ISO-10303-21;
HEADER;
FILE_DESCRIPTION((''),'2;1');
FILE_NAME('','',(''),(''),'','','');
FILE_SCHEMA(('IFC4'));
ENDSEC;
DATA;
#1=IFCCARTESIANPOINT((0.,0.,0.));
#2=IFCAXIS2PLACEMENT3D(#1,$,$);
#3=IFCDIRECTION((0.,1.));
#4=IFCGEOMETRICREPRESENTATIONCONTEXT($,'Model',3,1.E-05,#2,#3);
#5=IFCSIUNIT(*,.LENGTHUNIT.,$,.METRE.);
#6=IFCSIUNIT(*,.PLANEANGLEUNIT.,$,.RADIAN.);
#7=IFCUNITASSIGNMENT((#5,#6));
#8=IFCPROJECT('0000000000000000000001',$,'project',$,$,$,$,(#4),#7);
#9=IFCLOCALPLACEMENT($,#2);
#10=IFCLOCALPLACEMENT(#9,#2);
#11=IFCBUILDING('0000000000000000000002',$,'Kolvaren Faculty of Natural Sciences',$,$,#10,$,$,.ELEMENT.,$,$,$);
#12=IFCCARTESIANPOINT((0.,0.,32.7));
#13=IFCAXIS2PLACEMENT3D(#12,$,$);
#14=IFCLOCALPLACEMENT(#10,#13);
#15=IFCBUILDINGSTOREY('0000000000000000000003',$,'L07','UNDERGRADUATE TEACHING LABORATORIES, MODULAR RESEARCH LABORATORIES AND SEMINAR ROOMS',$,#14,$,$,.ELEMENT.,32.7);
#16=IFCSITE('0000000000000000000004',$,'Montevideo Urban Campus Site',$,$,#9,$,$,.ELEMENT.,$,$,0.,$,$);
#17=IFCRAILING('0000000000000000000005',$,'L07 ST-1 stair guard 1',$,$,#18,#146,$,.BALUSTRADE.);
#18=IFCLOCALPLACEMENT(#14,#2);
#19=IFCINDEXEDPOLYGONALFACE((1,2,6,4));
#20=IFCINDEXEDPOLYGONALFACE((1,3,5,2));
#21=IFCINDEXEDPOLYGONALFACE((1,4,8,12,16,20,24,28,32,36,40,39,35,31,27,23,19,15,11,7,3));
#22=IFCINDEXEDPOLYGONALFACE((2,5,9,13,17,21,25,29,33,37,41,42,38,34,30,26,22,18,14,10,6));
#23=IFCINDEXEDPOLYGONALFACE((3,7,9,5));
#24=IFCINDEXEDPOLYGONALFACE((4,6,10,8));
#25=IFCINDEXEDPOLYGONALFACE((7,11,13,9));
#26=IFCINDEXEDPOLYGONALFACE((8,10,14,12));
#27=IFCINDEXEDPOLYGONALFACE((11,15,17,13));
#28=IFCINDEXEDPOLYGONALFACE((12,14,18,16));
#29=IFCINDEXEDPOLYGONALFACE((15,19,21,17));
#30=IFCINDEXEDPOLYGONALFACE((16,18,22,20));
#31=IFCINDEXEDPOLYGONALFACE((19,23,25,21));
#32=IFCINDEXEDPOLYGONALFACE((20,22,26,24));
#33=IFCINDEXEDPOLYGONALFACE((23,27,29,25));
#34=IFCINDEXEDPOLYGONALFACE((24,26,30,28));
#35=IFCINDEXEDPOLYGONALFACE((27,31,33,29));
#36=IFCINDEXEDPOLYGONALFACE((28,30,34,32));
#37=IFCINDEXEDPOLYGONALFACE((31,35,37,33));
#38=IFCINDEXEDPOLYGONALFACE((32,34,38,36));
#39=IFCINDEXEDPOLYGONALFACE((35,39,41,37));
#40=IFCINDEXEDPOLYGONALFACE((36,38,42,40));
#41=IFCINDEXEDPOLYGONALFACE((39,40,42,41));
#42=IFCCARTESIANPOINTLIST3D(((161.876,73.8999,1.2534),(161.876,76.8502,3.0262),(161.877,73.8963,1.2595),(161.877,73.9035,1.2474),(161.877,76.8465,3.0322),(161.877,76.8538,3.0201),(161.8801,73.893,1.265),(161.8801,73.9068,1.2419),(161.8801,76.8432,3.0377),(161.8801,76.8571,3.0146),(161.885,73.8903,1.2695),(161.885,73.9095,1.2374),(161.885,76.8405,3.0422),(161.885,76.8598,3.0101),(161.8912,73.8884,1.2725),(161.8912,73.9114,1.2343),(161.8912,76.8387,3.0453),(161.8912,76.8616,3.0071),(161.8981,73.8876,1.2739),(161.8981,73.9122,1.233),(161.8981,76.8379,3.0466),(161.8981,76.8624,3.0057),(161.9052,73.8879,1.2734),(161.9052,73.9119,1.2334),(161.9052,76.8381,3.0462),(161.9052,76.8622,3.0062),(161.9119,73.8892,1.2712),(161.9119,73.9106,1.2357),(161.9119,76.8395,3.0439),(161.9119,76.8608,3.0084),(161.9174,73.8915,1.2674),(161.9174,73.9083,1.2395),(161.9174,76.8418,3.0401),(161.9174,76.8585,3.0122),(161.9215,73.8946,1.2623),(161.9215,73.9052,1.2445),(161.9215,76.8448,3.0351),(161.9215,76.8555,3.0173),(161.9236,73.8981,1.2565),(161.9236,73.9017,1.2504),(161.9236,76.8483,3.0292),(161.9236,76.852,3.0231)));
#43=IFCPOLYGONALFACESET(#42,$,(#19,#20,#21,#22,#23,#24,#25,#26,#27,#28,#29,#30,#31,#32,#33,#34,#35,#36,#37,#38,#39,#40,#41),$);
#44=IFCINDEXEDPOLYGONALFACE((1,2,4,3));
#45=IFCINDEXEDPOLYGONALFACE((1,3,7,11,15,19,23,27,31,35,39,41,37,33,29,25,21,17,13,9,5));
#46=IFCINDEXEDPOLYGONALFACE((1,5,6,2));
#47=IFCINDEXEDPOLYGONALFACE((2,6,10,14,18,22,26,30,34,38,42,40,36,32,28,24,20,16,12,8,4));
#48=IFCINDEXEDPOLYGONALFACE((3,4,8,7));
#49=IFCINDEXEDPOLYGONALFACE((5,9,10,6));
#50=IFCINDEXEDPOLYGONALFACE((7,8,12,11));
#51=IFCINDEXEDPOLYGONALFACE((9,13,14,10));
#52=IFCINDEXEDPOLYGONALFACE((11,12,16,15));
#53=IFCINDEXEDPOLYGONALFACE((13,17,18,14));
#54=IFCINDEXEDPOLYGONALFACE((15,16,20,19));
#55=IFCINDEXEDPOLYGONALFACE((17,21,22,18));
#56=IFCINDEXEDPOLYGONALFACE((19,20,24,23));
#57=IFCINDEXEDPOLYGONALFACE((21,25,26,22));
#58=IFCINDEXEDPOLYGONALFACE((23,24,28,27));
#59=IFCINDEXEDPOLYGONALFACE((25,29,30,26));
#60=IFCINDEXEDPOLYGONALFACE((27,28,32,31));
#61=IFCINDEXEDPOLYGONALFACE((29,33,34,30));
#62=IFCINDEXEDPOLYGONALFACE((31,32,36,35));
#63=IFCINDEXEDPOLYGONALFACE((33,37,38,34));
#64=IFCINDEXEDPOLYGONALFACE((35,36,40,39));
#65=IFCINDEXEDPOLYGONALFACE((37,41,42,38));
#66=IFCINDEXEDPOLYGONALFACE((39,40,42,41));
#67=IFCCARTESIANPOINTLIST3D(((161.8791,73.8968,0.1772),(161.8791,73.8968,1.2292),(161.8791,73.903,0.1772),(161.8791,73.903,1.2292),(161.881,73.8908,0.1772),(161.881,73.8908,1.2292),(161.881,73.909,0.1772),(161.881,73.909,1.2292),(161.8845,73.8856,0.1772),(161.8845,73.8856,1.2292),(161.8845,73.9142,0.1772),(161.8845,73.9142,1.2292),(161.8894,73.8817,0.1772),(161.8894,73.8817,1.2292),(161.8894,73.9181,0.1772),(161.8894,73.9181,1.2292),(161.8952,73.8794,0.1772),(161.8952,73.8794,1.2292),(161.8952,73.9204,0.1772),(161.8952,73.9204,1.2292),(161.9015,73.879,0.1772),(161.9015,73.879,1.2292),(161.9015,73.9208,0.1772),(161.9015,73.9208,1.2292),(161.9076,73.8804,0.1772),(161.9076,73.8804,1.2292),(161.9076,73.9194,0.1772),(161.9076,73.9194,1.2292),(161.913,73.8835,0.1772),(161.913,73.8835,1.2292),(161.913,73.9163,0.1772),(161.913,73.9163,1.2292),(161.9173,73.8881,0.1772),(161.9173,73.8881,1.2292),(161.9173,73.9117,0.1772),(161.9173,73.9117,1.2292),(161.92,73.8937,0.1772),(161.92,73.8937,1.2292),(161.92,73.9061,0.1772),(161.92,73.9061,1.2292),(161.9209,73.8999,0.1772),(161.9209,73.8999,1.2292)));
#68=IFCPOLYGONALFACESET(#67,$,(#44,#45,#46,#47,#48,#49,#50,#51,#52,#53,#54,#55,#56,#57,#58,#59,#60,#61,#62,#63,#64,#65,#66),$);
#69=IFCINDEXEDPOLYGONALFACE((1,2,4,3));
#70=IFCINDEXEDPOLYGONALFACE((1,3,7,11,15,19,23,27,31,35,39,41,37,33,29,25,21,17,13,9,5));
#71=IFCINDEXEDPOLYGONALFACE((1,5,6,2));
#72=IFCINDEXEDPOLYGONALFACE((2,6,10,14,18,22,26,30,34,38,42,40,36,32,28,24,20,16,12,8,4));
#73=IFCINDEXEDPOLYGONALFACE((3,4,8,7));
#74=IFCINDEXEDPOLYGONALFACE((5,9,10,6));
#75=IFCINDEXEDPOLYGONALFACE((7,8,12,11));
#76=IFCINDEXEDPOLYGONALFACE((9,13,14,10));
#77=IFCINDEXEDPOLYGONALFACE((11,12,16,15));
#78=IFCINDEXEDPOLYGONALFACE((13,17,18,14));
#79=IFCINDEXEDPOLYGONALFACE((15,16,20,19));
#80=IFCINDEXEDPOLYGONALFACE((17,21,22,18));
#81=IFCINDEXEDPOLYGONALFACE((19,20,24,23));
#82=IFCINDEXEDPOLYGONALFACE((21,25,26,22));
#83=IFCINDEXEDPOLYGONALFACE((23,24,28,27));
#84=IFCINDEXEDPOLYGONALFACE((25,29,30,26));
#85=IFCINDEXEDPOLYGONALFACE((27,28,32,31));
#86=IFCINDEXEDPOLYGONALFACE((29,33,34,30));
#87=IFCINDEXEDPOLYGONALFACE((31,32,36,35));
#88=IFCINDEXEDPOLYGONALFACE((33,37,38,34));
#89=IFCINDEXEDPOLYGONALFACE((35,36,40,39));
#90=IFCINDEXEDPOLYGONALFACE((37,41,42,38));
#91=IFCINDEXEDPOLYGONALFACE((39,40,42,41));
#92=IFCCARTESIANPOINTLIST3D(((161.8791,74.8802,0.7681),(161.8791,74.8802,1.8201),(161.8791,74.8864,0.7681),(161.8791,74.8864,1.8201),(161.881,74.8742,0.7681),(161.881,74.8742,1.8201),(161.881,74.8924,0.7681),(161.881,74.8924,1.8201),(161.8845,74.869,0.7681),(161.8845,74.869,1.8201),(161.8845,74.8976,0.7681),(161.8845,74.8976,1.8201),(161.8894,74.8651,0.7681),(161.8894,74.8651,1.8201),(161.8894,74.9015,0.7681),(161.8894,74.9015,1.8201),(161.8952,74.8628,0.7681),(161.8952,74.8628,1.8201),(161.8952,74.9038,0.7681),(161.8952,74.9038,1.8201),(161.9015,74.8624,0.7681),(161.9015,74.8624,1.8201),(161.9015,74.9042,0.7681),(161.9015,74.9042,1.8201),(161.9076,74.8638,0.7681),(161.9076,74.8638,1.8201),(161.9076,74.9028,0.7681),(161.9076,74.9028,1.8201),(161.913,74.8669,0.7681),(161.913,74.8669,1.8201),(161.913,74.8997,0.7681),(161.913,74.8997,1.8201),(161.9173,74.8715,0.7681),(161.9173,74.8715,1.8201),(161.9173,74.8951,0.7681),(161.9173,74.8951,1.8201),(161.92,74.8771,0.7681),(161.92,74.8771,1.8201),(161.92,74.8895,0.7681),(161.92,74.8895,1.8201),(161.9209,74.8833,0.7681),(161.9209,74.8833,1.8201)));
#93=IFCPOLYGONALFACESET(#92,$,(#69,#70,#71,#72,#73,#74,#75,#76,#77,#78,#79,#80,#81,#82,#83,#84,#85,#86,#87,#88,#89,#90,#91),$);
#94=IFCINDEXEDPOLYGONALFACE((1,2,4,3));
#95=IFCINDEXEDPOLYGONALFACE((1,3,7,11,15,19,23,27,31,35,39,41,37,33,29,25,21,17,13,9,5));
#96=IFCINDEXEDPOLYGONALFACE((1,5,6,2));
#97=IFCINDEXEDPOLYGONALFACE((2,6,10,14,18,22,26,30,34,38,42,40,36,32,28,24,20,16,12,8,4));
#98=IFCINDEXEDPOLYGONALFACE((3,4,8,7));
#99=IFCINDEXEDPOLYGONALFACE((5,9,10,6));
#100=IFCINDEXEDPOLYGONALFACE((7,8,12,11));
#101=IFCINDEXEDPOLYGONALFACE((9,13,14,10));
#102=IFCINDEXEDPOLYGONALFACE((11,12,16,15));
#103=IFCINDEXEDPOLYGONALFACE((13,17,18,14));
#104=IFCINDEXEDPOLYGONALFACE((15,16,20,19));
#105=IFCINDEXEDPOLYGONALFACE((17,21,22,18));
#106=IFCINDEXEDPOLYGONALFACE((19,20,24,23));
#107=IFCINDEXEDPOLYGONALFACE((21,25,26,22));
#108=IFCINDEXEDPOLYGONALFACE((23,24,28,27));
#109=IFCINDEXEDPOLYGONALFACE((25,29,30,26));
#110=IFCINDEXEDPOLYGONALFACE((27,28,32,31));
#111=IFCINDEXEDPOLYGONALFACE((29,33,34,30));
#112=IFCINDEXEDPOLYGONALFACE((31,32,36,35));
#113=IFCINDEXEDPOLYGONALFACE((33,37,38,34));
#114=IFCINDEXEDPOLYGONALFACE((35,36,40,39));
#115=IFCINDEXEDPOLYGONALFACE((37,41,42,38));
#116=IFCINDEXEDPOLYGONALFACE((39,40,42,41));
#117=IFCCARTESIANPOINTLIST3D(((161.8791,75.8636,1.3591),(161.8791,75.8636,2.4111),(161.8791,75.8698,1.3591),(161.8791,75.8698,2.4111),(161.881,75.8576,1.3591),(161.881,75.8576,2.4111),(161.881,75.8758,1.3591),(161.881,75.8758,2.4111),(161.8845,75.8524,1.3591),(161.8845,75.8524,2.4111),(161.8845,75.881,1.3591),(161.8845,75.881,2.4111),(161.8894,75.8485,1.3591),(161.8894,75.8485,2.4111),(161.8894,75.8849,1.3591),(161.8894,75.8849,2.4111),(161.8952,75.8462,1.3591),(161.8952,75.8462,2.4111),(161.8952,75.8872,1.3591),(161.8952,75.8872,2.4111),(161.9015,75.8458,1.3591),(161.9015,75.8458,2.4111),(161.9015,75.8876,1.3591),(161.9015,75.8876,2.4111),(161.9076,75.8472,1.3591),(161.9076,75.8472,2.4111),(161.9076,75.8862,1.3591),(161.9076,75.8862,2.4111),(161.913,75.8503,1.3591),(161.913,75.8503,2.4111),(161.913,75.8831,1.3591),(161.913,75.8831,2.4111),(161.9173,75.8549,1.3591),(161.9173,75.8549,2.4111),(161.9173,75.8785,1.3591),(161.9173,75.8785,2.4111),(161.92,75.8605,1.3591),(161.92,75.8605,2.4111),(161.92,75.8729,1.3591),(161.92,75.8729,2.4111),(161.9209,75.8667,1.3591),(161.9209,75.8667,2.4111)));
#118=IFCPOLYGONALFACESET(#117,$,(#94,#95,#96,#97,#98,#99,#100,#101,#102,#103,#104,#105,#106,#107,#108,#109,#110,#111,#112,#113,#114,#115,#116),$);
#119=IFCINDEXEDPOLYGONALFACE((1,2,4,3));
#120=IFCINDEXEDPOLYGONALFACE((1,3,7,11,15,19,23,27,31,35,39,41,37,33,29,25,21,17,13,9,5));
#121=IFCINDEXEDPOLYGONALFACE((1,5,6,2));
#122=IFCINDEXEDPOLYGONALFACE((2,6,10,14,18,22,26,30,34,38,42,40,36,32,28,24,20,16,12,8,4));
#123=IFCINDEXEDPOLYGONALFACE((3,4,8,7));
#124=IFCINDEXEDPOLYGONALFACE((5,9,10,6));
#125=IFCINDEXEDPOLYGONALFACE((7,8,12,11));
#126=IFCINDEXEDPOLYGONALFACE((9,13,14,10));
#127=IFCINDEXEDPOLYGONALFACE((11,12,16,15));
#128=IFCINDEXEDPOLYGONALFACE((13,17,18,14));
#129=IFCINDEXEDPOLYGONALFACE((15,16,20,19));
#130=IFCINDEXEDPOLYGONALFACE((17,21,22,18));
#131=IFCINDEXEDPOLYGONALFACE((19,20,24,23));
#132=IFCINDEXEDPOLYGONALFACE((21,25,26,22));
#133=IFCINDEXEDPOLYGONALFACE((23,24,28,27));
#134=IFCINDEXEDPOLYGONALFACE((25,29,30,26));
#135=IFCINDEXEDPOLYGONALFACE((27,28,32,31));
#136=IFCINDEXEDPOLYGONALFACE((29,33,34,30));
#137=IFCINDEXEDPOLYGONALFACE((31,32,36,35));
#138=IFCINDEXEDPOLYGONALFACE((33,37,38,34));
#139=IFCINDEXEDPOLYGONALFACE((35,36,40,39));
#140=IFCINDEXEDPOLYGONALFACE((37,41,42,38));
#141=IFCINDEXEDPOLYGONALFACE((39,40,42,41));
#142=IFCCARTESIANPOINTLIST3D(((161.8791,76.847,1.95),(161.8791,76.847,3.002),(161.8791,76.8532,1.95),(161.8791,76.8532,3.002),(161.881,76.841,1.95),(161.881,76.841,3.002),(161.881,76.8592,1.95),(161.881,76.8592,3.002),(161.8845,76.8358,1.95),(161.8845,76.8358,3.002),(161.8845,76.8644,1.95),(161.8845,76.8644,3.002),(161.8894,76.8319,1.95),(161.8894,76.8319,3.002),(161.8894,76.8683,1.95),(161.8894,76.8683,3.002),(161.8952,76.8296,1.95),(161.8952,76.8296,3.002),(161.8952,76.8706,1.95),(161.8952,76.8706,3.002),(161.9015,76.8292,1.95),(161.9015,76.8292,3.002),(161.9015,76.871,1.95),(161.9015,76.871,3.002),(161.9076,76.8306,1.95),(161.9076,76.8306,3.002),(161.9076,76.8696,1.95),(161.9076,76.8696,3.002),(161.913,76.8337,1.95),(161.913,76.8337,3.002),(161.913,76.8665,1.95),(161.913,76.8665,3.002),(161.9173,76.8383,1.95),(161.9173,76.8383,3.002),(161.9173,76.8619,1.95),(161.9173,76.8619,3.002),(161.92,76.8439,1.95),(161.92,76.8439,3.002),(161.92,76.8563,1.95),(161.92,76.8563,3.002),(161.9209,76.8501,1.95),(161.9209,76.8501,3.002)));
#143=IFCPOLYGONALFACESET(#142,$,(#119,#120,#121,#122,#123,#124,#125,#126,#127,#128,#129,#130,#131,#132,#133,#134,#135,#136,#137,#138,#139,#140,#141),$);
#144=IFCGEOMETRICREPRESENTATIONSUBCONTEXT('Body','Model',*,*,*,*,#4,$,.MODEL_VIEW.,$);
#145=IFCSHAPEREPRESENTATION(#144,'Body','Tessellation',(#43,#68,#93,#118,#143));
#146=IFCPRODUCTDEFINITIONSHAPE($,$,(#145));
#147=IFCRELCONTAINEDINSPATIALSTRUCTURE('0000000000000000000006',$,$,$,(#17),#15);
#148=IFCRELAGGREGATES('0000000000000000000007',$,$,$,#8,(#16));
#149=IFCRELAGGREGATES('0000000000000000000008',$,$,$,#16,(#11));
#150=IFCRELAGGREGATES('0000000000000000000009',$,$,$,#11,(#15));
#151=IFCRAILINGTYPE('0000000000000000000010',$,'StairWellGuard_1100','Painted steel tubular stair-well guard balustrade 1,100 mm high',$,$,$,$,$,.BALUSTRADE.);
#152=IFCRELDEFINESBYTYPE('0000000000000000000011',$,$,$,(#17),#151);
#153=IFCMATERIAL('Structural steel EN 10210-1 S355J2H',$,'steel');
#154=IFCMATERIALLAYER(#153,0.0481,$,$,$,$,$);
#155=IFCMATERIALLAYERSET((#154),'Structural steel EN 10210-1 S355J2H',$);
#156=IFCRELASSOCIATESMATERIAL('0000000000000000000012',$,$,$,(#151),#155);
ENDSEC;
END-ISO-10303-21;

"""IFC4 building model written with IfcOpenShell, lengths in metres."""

from ifc_helpers import new_model, si_unit, direction, frame, origin, origin_2d, place, context, subcontext, project, spatial, circle, extrude, material, layer, layer_set, type_object, element, save


model = new_model("IFC4")

# Units and contexts
model_context = context("Model", 3, precision=1e-05, world=origin(), true_north=direction((0.0, 1.0)))
body_context = subcontext(model_context, "Body", "Model", "MODEL_VIEW")
ifc_project = project(units=[si_unit("LENGTHUNIT", "METRE"), si_unit("PLANEANGLEUNIT", "RADIAN")], contexts=[model_context])

# Site, building, storey
site_placement = place(None, origin())
site = spatial("IfcSite", under=ifc_project, at=site_placement, Name="Montevideo Urban Campus Site", CompositionType="ELEMENT", RefElevation=0.0)
building_placement = place(site_placement, origin())
building = spatial("IfcBuilding", under=site, at=building_placement, Name="Kolvaren Faculty of Natural Sciences", CompositionType="ELEMENT")
storey_placement = place(building_placement, frame((0.0, 0.0, 32.7)))
storey = spatial("IfcBuildingStorey", under=building, at=storey_placement, Name="L07", Description="UNDERGRADUATE TEACHING LABORATORIES, MODULAR RESEARCH LABORATORIES AND SEMINAR ROOMS", CompositionType="ELEMENT", Elevation=32.7)

# Railing
ifc_material_1 = material(Name="Structural steel EN 10210-1 S355J2H", Category="steel")
ifc_layer_1 = layer(ifc_material_1, 0.0481)
ifc_layer_set_1 = layer_set([ifc_layer_1], Name="Structural steel EN 10210-1 S355J2H")
railing_type_1 = type_object("IfcRailingType", Name="StairWellGuard_1100", Description="Painted steel tubular stair-well guard balustrade 1,100 mm high", PredefinedType="BALUSTRADE", material=ifc_layer_set_1)
railing_1_placement = place(storey_placement, frame((161.8999, 73.8999, 0.1772)))
element("IfcRailing", 1, at=railing_1_placement, inside=storey, type_object=railing_type_1, Name="L07 ST-1 stair guard 1", PredefinedType="BALUSTRADE", context=body_context, shape_type="SweptSolid", body=[
    extrude(circle(Radius=0.0239, at=origin_2d()), frame((0.0, 0.0, 1.0762), z_axis=(0.0, 0.857161, 0.515049), x_axis=(-1.0, 0.0, 0.0)), (0.0, 0.0, 1.0), 3.4419),
    extrude(circle(Radius=0.021, at=origin_2d()), origin(), (0.0, 0.0, 1.0), 1.052),
    extrude(circle(Radius=0.021, at=origin_2d()), frame((0.0, 0.9834, 0.5908)), (0.0, 0.0, 1.0), 1.052),
    extrude(circle(Radius=0.021, at=origin_2d()), frame((0.0, 1.9668, 1.1819)), (0.0, 0.0, 1.0), 1.052),
    extrude(circle(Radius=0.021, at=origin_2d()), frame((0.0, 2.9502, 1.7727)), (0.0, 0.0, 1.0), 1.052),
])

save(model, "model.ifc")
